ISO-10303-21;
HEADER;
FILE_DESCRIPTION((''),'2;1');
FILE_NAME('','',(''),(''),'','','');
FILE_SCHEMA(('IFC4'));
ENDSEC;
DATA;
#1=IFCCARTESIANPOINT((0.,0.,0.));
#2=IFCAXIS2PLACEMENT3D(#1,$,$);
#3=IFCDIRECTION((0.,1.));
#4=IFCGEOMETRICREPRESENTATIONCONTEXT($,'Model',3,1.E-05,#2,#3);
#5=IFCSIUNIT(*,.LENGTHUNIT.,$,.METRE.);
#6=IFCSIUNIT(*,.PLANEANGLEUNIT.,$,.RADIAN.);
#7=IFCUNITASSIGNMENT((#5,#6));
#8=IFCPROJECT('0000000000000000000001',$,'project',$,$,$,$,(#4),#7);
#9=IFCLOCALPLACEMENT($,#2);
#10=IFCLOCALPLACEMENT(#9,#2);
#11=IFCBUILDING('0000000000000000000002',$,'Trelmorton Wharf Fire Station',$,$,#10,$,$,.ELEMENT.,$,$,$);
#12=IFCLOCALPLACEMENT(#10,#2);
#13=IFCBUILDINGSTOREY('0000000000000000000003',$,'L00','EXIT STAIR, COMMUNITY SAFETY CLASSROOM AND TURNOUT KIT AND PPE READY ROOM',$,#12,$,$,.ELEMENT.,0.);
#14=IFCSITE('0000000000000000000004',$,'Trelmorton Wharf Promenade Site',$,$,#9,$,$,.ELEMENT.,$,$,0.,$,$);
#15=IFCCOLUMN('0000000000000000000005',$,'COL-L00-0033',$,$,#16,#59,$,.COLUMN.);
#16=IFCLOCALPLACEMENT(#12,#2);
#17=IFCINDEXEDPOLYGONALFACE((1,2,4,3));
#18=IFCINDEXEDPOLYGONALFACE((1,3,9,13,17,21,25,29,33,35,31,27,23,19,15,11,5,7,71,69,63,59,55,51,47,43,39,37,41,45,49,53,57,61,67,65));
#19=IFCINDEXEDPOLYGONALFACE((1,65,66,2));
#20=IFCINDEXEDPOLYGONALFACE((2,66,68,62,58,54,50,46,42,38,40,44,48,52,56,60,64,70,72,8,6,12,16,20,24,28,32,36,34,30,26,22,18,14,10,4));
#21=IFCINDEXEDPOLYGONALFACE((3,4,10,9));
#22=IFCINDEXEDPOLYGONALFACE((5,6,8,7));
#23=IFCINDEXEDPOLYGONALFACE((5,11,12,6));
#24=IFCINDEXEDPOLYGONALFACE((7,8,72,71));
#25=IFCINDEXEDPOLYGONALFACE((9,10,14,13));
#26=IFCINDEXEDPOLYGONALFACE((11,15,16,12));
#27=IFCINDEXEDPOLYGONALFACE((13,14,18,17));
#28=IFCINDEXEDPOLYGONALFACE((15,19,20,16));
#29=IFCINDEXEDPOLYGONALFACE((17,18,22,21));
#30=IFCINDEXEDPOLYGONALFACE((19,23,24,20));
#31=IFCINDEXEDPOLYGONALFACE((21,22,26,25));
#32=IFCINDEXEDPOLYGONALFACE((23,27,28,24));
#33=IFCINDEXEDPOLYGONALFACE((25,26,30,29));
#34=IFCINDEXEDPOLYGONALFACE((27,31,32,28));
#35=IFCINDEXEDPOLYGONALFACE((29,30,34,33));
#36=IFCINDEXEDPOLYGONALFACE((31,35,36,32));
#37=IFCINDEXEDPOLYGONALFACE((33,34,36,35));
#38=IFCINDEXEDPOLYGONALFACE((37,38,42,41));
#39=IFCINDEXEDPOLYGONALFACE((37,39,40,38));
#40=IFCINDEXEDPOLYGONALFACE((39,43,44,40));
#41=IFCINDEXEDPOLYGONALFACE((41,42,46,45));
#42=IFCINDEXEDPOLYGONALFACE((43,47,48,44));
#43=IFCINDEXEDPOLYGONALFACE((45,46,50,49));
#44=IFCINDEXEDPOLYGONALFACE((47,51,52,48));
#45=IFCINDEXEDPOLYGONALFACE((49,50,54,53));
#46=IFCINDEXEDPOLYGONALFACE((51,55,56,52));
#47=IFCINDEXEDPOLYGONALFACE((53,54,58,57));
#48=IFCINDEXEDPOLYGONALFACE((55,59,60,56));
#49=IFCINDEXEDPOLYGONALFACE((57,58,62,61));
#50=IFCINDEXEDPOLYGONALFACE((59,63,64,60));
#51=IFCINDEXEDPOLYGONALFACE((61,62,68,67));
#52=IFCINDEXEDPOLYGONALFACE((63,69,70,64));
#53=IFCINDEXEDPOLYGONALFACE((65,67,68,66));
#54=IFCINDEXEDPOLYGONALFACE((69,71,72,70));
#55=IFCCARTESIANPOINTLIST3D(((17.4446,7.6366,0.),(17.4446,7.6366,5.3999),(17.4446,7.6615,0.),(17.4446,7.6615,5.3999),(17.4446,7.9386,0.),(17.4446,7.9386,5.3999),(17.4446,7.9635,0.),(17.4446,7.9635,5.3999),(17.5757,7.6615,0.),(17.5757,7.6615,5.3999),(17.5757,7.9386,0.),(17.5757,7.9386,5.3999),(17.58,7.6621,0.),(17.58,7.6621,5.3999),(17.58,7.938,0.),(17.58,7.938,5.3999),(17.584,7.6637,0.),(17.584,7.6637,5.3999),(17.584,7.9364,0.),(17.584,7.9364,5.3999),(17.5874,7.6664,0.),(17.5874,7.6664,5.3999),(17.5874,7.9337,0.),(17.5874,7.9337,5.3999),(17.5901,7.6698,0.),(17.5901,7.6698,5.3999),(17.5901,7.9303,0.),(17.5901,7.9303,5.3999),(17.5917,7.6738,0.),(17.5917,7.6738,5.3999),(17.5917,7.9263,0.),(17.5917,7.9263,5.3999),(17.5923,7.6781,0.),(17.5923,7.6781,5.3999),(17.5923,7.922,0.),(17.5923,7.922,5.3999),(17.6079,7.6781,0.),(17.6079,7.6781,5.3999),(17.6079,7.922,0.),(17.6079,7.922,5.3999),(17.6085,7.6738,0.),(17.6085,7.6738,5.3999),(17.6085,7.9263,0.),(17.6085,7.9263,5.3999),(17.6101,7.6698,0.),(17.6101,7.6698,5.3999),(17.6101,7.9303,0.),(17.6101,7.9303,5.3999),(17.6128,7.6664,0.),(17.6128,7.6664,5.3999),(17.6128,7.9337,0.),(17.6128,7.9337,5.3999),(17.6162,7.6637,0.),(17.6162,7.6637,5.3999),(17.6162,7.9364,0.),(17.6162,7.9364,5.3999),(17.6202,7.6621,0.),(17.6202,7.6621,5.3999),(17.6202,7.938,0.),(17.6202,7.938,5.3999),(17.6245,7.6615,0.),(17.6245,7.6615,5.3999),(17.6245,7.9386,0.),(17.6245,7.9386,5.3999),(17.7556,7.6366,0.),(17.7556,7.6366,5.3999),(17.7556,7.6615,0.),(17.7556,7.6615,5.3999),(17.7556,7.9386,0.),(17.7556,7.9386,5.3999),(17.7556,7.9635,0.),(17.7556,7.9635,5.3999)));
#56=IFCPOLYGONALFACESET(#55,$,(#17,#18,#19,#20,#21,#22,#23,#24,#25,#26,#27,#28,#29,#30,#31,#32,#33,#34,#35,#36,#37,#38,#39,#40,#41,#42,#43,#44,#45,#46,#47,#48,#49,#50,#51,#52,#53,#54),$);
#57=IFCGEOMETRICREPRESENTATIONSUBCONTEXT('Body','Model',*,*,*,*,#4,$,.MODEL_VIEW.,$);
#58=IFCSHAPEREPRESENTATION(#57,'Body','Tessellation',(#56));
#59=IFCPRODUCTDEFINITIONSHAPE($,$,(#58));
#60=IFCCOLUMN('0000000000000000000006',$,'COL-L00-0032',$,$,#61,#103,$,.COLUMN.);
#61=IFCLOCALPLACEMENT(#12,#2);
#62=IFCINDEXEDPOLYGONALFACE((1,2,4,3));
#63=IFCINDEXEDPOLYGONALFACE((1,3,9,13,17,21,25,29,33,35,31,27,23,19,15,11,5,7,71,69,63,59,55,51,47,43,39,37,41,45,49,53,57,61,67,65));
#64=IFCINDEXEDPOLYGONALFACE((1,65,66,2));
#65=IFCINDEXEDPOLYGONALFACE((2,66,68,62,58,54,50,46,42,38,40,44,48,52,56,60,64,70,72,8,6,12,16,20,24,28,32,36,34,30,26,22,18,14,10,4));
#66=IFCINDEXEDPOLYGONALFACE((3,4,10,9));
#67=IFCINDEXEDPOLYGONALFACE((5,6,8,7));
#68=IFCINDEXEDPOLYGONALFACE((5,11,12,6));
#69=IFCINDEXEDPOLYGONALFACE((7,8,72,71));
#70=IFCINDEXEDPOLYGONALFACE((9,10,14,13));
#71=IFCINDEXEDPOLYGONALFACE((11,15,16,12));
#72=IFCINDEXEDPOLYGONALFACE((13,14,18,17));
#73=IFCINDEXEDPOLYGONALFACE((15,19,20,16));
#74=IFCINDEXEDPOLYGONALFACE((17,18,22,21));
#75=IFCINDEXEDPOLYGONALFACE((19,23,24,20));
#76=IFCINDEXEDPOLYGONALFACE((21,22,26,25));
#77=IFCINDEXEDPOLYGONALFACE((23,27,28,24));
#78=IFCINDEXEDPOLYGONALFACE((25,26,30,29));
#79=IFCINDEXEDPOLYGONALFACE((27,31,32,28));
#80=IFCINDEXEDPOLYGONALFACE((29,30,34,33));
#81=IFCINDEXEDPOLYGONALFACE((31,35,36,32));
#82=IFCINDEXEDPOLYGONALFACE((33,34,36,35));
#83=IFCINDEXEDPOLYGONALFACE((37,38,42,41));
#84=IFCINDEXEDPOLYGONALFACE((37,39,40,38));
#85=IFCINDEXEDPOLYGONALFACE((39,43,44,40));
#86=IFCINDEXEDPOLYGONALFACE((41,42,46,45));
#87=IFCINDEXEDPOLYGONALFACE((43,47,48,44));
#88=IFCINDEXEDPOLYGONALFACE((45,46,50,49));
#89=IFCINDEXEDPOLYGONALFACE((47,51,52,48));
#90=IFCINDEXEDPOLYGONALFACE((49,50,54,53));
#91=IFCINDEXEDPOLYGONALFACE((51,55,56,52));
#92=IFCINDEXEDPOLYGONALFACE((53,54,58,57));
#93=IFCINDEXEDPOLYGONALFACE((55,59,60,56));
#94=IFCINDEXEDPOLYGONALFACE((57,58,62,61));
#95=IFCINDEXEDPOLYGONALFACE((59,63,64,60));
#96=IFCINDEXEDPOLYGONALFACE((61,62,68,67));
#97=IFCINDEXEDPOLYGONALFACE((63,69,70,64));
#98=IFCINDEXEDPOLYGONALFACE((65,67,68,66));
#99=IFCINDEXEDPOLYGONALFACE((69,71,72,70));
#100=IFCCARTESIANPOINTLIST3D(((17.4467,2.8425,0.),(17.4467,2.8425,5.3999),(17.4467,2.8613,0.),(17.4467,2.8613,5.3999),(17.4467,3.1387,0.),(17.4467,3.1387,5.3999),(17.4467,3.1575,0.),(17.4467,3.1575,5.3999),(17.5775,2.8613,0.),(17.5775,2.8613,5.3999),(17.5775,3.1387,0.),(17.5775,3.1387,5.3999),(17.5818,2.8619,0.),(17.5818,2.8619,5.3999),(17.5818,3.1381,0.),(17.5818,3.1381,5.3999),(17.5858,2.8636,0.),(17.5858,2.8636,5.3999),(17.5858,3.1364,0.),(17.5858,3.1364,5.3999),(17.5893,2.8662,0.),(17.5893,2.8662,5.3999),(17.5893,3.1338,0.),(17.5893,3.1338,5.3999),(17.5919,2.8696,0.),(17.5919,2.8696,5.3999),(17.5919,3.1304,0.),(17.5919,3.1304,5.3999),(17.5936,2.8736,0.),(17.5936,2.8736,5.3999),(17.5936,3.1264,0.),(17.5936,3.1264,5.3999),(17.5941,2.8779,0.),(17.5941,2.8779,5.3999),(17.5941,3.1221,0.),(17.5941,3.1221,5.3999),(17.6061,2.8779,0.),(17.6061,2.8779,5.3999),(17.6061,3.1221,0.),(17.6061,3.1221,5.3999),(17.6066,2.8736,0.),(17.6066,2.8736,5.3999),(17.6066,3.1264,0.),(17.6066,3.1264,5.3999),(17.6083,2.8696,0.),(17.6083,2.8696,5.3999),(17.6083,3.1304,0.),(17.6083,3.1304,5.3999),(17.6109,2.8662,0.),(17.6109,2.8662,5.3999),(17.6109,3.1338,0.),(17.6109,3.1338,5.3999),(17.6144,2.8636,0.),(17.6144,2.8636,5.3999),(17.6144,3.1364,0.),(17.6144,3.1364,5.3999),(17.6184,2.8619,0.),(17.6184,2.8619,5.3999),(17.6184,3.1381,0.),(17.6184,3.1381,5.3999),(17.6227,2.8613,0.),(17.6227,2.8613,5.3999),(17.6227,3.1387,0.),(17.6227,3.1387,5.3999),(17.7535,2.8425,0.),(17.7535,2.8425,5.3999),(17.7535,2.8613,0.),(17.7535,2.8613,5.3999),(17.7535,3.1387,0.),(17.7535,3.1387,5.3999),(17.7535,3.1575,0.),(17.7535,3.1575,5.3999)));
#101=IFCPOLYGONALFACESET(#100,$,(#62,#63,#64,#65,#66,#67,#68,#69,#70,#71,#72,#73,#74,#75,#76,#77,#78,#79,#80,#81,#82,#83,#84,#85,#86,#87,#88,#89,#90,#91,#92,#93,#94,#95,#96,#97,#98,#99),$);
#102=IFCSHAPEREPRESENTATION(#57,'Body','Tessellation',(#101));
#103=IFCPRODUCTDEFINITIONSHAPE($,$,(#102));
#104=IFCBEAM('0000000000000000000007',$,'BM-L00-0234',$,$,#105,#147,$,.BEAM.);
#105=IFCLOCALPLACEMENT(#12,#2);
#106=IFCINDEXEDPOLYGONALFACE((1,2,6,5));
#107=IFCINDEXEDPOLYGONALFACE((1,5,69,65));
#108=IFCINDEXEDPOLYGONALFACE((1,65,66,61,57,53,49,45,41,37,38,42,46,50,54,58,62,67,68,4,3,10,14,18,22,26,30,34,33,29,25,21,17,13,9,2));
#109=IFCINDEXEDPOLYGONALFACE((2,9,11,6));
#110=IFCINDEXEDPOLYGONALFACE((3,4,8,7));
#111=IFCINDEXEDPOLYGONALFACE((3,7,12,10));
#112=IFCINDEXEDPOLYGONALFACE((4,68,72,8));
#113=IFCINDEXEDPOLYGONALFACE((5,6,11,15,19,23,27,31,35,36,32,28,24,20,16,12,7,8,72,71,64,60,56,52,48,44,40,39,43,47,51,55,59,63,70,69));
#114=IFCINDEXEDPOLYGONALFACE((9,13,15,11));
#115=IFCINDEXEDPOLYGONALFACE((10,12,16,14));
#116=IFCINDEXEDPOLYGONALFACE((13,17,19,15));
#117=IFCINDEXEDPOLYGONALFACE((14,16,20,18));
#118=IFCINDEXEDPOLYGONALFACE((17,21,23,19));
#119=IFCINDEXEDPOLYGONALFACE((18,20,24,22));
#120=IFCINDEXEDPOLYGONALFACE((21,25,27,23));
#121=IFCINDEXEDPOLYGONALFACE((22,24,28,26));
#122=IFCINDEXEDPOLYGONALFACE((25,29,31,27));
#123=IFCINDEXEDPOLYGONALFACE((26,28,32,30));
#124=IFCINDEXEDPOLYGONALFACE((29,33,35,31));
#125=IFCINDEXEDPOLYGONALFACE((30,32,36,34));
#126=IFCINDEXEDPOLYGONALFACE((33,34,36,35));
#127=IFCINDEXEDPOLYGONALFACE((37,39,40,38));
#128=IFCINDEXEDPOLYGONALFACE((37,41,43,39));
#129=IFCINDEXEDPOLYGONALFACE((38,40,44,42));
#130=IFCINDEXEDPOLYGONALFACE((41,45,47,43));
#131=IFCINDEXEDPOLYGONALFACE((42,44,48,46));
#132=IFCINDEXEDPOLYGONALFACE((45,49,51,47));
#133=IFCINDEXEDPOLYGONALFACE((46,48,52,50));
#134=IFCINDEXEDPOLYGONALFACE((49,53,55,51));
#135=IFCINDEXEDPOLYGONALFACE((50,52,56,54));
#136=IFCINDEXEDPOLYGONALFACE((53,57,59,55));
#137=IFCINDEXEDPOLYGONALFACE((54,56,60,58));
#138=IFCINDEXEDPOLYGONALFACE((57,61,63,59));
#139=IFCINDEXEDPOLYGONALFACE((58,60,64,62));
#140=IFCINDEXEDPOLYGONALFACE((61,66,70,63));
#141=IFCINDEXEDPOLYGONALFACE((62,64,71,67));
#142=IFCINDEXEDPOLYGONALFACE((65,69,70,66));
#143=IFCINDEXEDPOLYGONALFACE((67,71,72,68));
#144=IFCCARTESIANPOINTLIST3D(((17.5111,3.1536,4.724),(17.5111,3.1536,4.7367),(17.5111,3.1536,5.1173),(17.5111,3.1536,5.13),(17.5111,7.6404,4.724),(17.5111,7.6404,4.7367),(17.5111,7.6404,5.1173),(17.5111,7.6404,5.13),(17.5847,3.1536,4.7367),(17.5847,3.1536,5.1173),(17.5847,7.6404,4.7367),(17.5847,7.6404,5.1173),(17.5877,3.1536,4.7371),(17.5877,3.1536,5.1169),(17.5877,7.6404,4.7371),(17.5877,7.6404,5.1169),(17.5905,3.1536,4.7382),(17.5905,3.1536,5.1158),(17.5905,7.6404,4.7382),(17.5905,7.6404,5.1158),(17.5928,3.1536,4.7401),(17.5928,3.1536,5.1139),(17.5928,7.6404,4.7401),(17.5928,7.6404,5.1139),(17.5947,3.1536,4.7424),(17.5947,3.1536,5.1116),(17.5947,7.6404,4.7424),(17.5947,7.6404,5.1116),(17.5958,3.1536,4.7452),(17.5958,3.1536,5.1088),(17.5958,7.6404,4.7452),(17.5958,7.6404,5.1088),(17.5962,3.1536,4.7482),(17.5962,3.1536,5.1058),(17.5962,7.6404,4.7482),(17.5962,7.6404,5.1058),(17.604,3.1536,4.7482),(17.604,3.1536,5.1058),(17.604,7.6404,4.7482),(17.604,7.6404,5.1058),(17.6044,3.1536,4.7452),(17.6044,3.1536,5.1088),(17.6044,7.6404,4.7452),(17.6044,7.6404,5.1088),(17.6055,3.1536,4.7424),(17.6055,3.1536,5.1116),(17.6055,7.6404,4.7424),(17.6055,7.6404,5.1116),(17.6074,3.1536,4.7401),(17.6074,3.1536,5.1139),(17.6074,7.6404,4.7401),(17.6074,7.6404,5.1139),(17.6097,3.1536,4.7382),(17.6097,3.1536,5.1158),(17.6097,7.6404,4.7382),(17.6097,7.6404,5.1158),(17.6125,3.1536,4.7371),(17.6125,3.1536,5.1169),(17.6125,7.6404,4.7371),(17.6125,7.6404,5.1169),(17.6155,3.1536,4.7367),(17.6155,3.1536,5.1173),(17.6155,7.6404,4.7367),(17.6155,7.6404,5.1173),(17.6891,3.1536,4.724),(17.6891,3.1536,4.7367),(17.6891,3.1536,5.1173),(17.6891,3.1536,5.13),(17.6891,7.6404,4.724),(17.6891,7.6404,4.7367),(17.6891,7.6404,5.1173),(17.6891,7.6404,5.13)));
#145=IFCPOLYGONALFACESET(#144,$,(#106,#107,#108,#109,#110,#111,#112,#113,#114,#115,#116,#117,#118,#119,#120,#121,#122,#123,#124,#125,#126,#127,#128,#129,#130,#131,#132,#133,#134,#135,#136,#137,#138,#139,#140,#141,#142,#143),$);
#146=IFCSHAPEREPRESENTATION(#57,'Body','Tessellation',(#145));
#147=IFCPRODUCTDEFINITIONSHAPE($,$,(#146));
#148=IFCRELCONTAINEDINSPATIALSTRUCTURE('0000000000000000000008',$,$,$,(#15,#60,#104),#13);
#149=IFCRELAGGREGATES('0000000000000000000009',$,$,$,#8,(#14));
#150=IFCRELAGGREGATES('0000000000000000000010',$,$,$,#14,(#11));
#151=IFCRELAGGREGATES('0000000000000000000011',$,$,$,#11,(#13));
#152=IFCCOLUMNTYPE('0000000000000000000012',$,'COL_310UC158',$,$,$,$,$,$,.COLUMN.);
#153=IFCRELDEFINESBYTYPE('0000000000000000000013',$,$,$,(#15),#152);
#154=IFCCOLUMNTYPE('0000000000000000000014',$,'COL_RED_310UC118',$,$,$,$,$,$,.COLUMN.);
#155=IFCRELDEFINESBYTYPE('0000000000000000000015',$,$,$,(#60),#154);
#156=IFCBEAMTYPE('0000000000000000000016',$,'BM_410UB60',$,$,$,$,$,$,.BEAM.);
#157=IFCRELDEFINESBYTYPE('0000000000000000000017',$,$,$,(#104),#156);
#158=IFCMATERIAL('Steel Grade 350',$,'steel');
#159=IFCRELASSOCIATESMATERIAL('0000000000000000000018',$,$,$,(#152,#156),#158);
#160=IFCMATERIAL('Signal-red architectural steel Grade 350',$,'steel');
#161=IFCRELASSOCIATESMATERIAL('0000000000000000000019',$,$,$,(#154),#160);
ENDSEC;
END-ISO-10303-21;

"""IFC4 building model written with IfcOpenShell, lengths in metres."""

from ifc_helpers import new_model, si_unit, direction, frame, origin, origin_2d, place, context, subcontext, project, spatial, i_section, extrude, material, material_profile, profile_set, type_object, element, save


model = new_model("IFC4")

# Units and contexts
model_context = context("Model", 3, precision=1e-05, world=origin(), true_north=direction((0.0, 1.0)))
body_context = subcontext(model_context, "Body", "Model", "MODEL_VIEW")
ifc_project = project(units=[si_unit("LENGTHUNIT", "METRE"), si_unit("PLANEANGLEUNIT", "RADIAN")], contexts=[model_context])

# Site, building, storey
site_placement = place(None, origin())
site = spatial("IfcSite", under=ifc_project, at=site_placement, Name="Trelmorton Wharf Promenade Site", CompositionType="ELEMENT", RefElevation=0.0)
building_placement = place(site_placement, origin())
building = spatial("IfcBuilding", under=site, at=building_placement, Name="Trelmorton Wharf Fire Station", CompositionType="ELEMENT")
storey_placement = place(building_placement, origin())
storey = spatial("IfcBuildingStorey", under=building, at=storey_placement, Name="L00", Description="EXIT STAIR, COMMUNITY SAFETY CLASSROOM AND TURNOUT KIT AND PPE READY ROOM", CompositionType="ELEMENT", Elevation=0.0)

# Columns
ifc_material_1 = material(Name="Steel Grade 350", Category="steel")
ifc_material_profile_1 = material_profile(ifc_material_1, i_section(OverallWidth=0.311, OverallDepth=0.3269, WebThickness=0.0156, FlangeThickness=0.0249, FilletRadius=0.0166, at=origin_2d()), Name="310UC158")
ifc_profile_set_1 = profile_set([ifc_material_profile_1], Name="Steel Grade 350")
column_type_1 = type_object("IfcColumnType", Name="COL_310UC158", PredefinedType="COLUMN", material=ifc_profile_set_1)
for number, where, z_axis, x_axis, name in (
    (1, (17.6001, 7.8, 0.0), (0.0, 0.0, 1.0), (1.0, 0.0, 0.0), "COL-L00-0033"),
):
    element("IfcColumn", number, at=place(storey_placement, frame(where, z_axis=z_axis, x_axis=x_axis)), inside=storey, type_object=column_type_1, Name=name, PredefinedType="COLUMN", context=body_context, shape_type="SweptSolid", body=[
        extrude(i_section(OverallWidth=0.311, OverallDepth=0.3269, WebThickness=0.0156, FlangeThickness=0.0249, FilletRadius=0.0166, at=origin_2d()), origin(), (0.0, 0.0, 1.0), 5.3999),
    ])
ifc_material_2 = material(Name="Signal-red architectural steel Grade 350", Category="steel")
ifc_material_profile_2 = material_profile(ifc_material_2, i_section(OverallWidth=0.3069, OverallDepth=0.3149, WebThickness=0.012, FlangeThickness=0.0188, FilletRadius=0.0166, at=origin_2d()), Name="310UC118")
ifc_profile_set_2 = profile_set([ifc_material_profile_2], Name="Signal-red architectural steel Grade 350")
column_type_2 = type_object("IfcColumnType", Name="COL_RED_310UC118", PredefinedType="COLUMN", material=ifc_profile_set_2)
column_placement = place(storey_placement, frame((17.6001, 3.0, 0.0), z_axis=(0.0, 0.0, 1.0), x_axis=(1.0, 0.0, 0.0)))
element("IfcColumn", 2, at=column_placement, inside=storey, type_object=column_type_2, Name="COL-L00-0032", PredefinedType="COLUMN", context=body_context, shape_type="SweptSolid", body=[
    extrude(i_section(OverallWidth=0.3069, OverallDepth=0.3149, WebThickness=0.012, FlangeThickness=0.0188, FilletRadius=0.0166, at=origin_2d()), origin(), (0.0, 0.0, 1.0), 5.3999),
])

# Beam
ifc_material_profile_3 = material_profile(ifc_material_1, i_section(OverallWidth=0.178, OverallDepth=0.406, WebThickness=0.0078, FlangeThickness=0.0127, FilletRadius=0.0115, at=origin_2d()), Name="410UB59.7")
ifc_profile_set_3 = profile_set([ifc_material_profile_3], Name="Steel Grade 350")
beam_type_1 = type_object("IfcBeamType", Name="BM_410UB60", PredefinedType="BEAM", material=ifc_profile_set_3)
beam_1_placement = place(storey_placement, frame((17.6001, 3.1536, 4.927), z_axis=(0.0, 1.0, 0.0), x_axis=(-1.0, 0.0, 0.0)))
element("IfcBeam", 3, at=beam_1_placement, inside=storey, type_object=beam_type_1, Name="BM-L00-0234", PredefinedType="BEAM", context=body_context, shape_type="SweptSolid", body=[
    extrude(i_section(OverallWidth=0.178, OverallDepth=0.406, WebThickness=0.0078, FlangeThickness=0.0127, FilletRadius=0.0115, at=origin_2d()), origin(), (0.0, 0.0, 1.0), 4.4868),
])

save(model, "model.ifc")
